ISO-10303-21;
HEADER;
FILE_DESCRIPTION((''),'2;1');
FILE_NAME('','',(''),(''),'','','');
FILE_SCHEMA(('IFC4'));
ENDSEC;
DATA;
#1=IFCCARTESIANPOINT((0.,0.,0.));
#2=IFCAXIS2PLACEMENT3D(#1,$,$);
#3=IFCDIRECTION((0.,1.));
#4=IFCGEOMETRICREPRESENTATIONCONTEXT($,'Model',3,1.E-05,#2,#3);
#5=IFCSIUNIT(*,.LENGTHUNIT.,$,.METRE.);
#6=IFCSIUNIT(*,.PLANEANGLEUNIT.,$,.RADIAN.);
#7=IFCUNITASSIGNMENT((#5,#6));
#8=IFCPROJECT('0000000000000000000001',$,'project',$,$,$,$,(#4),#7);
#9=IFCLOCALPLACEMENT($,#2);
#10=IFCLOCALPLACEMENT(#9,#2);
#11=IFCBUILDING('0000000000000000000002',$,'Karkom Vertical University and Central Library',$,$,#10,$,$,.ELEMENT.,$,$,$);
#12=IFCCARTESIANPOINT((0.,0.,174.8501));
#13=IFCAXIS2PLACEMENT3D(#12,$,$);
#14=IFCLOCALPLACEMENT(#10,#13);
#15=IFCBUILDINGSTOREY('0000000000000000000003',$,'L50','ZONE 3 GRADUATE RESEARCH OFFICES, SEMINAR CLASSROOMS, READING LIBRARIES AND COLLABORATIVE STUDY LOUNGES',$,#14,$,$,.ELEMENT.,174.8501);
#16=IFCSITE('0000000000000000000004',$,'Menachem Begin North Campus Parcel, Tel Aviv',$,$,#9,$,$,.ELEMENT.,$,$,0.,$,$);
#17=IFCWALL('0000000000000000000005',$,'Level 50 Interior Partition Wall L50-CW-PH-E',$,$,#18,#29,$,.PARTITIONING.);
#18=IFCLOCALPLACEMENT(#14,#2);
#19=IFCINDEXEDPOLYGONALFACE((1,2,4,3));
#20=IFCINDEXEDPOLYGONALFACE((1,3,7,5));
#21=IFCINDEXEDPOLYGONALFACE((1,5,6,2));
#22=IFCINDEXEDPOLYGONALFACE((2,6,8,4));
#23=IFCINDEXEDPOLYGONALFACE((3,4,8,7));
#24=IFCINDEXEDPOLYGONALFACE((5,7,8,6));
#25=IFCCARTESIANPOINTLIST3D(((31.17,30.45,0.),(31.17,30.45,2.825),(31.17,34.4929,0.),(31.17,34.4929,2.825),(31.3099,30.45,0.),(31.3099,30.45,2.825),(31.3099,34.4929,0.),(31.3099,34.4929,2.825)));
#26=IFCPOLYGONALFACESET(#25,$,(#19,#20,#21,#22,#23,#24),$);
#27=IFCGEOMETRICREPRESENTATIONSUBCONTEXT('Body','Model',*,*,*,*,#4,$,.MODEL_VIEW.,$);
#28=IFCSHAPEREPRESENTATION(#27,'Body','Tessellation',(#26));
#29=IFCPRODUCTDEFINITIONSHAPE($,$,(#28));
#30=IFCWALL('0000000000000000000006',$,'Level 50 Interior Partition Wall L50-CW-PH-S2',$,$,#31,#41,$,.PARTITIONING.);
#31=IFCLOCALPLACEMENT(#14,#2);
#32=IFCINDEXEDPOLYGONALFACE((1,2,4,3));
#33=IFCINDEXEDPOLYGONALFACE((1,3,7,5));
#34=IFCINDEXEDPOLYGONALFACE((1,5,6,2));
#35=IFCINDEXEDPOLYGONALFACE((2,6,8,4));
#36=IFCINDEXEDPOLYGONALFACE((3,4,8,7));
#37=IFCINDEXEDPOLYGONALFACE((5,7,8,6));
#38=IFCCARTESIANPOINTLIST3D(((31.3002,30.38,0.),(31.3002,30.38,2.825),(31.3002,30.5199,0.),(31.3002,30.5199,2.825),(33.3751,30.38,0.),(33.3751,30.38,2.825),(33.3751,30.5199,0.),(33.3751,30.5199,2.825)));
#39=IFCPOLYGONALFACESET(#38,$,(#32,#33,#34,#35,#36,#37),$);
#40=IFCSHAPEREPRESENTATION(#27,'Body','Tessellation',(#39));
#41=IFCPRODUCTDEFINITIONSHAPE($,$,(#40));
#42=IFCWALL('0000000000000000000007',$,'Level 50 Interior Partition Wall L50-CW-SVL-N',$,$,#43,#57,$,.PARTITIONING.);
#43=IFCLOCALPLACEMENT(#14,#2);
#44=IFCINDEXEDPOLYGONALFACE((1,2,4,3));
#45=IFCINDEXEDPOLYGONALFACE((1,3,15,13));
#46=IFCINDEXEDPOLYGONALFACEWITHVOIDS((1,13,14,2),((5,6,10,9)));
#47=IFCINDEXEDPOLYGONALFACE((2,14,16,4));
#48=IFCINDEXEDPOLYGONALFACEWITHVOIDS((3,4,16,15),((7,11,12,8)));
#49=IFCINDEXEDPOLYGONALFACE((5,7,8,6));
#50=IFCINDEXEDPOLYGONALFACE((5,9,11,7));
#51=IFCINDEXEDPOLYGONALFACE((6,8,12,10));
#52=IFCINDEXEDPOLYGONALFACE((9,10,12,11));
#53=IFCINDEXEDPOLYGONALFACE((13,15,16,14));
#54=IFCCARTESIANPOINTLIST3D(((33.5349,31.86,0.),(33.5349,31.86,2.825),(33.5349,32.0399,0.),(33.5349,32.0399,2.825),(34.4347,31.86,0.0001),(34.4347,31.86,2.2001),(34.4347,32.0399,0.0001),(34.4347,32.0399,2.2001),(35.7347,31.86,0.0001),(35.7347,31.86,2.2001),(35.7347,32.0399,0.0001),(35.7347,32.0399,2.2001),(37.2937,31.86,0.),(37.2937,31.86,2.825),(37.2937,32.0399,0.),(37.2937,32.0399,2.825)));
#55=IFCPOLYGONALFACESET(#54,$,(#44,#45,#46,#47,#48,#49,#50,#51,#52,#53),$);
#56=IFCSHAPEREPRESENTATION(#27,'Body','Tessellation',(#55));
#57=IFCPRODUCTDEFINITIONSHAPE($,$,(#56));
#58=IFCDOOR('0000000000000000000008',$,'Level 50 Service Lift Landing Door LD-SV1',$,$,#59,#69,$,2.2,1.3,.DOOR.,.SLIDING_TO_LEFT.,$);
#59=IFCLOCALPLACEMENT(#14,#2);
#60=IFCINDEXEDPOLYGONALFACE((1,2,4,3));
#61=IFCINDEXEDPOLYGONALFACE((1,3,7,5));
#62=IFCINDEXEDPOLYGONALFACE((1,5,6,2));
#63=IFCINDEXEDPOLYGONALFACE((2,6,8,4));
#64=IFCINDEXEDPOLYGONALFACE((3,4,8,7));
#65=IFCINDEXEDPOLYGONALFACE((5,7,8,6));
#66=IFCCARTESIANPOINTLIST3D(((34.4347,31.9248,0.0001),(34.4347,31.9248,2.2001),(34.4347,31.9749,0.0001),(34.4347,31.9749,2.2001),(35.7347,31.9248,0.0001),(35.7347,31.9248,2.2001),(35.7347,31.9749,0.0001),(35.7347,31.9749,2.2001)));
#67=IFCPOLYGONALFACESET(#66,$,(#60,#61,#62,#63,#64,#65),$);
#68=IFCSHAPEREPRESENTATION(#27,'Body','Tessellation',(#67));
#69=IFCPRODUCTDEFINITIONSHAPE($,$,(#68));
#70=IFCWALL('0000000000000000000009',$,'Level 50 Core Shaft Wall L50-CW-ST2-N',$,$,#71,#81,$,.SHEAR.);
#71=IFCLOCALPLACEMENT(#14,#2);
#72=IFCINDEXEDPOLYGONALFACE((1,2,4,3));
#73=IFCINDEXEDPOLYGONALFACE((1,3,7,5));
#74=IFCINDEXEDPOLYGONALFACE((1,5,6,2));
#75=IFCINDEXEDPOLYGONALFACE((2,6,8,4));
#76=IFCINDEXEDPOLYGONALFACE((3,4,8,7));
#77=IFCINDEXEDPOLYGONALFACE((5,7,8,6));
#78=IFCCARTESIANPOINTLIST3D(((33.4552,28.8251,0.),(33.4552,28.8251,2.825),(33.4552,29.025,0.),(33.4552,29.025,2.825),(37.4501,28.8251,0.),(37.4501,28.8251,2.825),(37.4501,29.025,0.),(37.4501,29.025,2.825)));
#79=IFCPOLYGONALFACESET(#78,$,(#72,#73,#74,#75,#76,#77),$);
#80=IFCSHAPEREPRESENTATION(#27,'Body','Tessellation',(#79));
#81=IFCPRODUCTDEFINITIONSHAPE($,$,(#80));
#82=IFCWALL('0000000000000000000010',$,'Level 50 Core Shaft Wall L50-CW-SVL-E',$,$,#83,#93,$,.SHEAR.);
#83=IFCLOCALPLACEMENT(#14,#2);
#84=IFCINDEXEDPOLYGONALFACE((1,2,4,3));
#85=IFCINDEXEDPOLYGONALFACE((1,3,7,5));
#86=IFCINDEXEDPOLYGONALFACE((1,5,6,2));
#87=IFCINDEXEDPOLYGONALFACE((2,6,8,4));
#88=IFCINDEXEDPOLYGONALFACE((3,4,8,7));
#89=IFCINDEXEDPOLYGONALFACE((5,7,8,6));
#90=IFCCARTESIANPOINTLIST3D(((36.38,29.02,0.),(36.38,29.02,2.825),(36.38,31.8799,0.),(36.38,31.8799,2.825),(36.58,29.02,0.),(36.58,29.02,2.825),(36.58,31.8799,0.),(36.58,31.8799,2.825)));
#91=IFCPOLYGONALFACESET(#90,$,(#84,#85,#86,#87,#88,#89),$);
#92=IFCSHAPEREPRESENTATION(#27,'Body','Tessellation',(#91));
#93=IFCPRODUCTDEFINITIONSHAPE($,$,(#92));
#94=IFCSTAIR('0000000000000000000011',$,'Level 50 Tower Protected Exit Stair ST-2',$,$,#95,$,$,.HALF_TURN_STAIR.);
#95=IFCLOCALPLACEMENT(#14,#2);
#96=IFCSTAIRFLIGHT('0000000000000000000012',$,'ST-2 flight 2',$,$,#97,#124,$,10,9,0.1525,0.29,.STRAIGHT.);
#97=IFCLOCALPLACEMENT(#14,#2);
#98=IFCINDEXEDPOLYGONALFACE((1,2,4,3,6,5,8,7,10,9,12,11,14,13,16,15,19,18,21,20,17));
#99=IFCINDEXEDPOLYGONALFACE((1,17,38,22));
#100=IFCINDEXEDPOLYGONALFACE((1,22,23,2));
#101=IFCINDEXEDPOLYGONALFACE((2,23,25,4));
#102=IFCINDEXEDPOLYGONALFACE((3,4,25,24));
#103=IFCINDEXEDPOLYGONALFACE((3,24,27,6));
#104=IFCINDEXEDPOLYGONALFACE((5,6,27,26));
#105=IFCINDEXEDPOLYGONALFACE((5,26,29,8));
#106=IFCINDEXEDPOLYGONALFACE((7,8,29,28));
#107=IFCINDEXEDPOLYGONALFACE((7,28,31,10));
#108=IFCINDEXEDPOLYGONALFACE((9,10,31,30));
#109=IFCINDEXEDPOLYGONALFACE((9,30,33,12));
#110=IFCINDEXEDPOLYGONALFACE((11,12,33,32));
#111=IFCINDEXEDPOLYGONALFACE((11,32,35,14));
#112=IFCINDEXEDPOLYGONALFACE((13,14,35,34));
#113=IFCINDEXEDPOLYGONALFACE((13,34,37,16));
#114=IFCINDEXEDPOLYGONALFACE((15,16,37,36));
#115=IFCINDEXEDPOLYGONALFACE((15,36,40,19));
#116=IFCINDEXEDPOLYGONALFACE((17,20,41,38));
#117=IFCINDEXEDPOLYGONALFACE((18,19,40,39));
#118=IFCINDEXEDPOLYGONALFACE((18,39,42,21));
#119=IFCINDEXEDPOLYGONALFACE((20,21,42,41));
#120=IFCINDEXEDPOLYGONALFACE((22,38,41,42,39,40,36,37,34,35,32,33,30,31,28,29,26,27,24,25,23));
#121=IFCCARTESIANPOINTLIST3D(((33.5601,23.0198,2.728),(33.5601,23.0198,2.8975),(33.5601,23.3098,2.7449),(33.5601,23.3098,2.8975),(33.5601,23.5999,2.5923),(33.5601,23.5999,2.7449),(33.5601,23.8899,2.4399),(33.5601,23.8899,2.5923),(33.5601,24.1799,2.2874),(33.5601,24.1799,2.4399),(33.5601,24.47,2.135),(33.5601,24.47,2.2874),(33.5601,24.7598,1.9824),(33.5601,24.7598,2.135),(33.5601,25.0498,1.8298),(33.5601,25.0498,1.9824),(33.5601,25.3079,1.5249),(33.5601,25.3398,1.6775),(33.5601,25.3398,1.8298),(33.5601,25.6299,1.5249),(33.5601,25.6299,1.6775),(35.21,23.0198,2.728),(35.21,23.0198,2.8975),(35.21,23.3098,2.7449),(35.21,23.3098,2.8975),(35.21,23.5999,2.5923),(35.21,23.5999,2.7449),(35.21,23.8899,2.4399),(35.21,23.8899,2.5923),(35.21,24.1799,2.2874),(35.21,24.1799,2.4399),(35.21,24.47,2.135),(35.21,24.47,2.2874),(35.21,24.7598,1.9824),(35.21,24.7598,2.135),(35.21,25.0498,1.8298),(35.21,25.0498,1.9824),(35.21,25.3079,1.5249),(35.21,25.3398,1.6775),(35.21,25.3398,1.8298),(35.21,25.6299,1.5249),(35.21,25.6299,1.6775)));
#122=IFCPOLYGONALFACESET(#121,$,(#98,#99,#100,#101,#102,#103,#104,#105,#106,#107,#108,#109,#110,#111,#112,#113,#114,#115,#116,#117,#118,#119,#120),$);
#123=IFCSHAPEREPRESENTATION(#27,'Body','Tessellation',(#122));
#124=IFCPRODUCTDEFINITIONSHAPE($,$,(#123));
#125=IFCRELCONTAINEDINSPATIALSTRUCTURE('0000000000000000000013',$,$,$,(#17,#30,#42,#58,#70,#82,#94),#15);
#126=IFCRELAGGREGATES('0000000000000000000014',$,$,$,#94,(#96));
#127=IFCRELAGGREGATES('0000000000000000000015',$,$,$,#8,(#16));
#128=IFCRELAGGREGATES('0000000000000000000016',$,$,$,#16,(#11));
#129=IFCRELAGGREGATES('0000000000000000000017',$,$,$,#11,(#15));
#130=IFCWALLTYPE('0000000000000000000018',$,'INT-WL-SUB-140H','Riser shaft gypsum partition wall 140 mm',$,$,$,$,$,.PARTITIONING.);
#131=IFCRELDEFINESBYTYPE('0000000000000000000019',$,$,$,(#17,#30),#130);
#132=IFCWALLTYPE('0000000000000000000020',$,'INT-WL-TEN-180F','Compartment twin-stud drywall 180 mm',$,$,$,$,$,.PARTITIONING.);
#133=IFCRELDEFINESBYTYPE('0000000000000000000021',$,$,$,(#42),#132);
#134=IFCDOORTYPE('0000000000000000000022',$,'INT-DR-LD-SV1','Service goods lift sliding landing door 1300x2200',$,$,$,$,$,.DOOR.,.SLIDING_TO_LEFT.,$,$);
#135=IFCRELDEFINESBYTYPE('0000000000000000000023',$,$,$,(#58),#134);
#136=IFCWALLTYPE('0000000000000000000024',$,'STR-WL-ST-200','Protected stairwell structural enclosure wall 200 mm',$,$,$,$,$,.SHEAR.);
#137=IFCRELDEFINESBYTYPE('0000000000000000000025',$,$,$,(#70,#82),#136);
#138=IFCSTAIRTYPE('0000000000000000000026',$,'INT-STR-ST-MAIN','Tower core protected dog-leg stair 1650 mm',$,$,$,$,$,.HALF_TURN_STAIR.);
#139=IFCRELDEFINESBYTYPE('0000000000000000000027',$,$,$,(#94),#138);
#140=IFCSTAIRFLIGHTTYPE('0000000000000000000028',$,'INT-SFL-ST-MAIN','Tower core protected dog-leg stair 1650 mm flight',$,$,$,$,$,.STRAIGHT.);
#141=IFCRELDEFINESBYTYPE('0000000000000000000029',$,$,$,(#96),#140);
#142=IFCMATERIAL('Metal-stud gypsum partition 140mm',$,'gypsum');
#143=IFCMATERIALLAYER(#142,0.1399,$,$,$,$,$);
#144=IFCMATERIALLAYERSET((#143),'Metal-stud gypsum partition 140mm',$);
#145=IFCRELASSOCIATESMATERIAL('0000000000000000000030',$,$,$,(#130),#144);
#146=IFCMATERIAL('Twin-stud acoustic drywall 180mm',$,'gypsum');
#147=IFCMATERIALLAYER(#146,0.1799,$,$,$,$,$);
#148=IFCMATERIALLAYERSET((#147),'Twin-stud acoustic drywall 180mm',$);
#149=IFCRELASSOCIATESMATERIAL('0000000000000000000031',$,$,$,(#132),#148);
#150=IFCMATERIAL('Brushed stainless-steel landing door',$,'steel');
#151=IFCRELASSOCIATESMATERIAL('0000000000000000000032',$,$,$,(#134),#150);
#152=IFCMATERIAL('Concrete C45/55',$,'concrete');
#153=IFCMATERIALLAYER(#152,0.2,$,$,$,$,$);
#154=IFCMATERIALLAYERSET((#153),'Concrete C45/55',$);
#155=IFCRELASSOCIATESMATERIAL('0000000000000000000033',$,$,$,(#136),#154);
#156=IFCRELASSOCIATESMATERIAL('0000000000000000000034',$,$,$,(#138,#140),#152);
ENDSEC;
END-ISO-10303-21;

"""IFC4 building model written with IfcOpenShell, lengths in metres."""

from ifc_helpers import new_model, si_unit, direction, frame, frame_2d, origin, origin_with_axes, place, context, subcontext, project, spatial, polyline, rectangle, outline, extrude, source, transform, mapped, material, layer, layer_set, type_object, element, fill, aggregate, save


model = new_model("IFC4")

# Units and contexts
model_context = context("Model", 3, precision=1e-05, world=origin(), true_north=direction((0.0, 1.0)))
body_context = subcontext(model_context, "Body", "Model", "MODEL_VIEW")
ifc_project = project(units=[si_unit("LENGTHUNIT", "METRE"), si_unit("PLANEANGLEUNIT", "RADIAN")], contexts=[model_context])

# Site, building, storey
site_placement = place(None, origin())
site = spatial("IfcSite", under=ifc_project, at=site_placement, Name="Menachem Begin North Campus Parcel, Tel Aviv", CompositionType="ELEMENT", RefElevation=0.0)
building_placement = place(site_placement, origin())
building = spatial("IfcBuilding", under=site, at=building_placement, Name="Karkom Vertical University and Central Library", CompositionType="ELEMENT")
storey_placement = place(building_placement, frame((0.0, 0.0, 174.8501)))
storey = spatial("IfcBuildingStorey", under=building, at=storey_placement, Name="L50", Description="ZONE 3 GRADUATE RESEARCH OFFICES, SEMINAR CLASSROOMS, READING LIBRARIES AND COLLABORATIVE STUDY LOUNGES", CompositionType="ELEMENT", Elevation=174.8501)

# Walls
ifc_material_1 = material(Name="Metal-stud gypsum partition 140mm", Category="gypsum")
ifc_layer_1 = layer(ifc_material_1, 0.1399)
ifc_layer_set_1 = layer_set([ifc_layer_1], Name="Metal-stud gypsum partition 140mm")
wall_type_1 = type_object("IfcWallType", Name="INT-WL-SUB-140H", Description="Riser shaft gypsum partition wall 140 mm", PredefinedType="PARTITIONING", material=ifc_layer_set_1)
for number, where, z_axis, x_axis, name in (
    (1, (31.24, 30.45, 0.0), (0.0, 0.0, 1.0), (0.0, 1.0, 0.0), "Level 50 Interior Partition Wall L50-CW-PH-E"),
):
    element("IfcWall", number, at=place(storey_placement, frame(where, z_axis=z_axis, x_axis=x_axis)), inside=storey, type_object=wall_type_1, Name=name, PredefinedType="PARTITIONING", context=body_context, shape_type="SweptSolid", body=[
        extrude(rectangle(XDim=4.043, YDim=0.1399, at=frame_2d((2.0215, 0.0))), origin(), (0.0, 0.0, 1.0), 2.825),
    ])
wall_1_placement = place(storey_placement, frame((31.3, 30.45, 0.0), z_axis=(0.0, 0.0, 1.0), x_axis=(1.0, 0.0, 0.0)))
element("IfcWall", 2, at=wall_1_placement, inside=storey, type_object=wall_type_1, Name="Level 50 Interior Partition Wall L50-CW-PH-S2", PredefinedType="PARTITIONING", context=body_context, shape_type="SweptSolid", body=[
    extrude(rectangle(XDim=2.075, YDim=0.1399, at=frame_2d((1.0376, 0.0))), origin(), (0.0, 0.0, 1.0), 2.825),
])

# Wall, opening, door
ifc_material_2 = material(Name="Twin-stud acoustic drywall 180mm", Category="gypsum")
ifc_layer_2 = layer(ifc_material_2, 0.1799)
ifc_layer_set_2 = layer_set([ifc_layer_2], Name="Twin-stud acoustic drywall 180mm")
wall_type_2 = type_object("IfcWallType", Name="INT-WL-TEN-180F", Description="Compartment twin-stud drywall 180 mm", PredefinedType="PARTITIONING", material=ifc_layer_set_2)
wall_2_placement = place(storey_placement, frame((33.5349, 31.95, 0.0), z_axis=(0.0, 0.0, 1.0), x_axis=(1.0, 0.0, 0.0)))
wall_2 = element("IfcWall", 3, at=wall_2_placement, inside=storey, type_object=wall_type_2, Name="Level 50 Interior Partition Wall L50-CW-SVL-N", PredefinedType="PARTITIONING", context=body_context, shape_type="SweptSolid", body=[
    extrude(rectangle(XDim=3.7588, YDim=0.1799, at=frame_2d((1.8794, 0.0))), origin(), (0.0, 0.0, 1.0), 2.825),
])
opening_1_placement = place(wall_2_placement, frame((0.8999, 0.0, 0.0)))
opening_1 = element("IfcOpeningElement", 4, at=opening_1_placement, cuts=wall_2, PredefinedType="OPENING", context=body_context, shape_type="SweptSolid", body=[
    extrude(rectangle(XDim=1.3, YDim=2.2, at=frame_2d((0.6499, 1.1001))), frame((0.0, 0.1001, 0.0), z_axis=(0.0, -1.0, 0.0), x_axis=(1.0, 0.0, 0.0)), (0.0, 0.0, 1.0), 0.2),
])
ifc_material_3 = material(Name="Brushed stainless-steel landing door", Category="steel")
door_type_1 = type_object("IfcDoorType", Name="INT-DR-LD-SV1", Description="Service goods lift sliding landing door 1300x2200", OperationType="SLIDING_TO_LEFT", PredefinedType="DOOR", material=ifc_material_3)
shared_shape_1 = source(origin_with_axes(), body_context, "Body", "SweptSolid", [
    extrude(rectangle(XDim=1.3, YDim=2.2, at=frame_2d((0.6499, 1.1001))), frame((0.0, 0.0249, 0.0), z_axis=(0.0, -1.0, 0.0), x_axis=(1.0, 0.0, 0.0)), (0.0, 0.0, 1.0), 0.05),
])
door_1_placement = place(opening_1_placement, origin())
door_1 = element("IfcDoor", 5, at=door_1_placement, inside=storey, type_object=door_type_1, Name="Level 50 Service Lift Landing Door LD-SV1", OperationType="SLIDING_TO_LEFT", OverallHeight=2.2, OverallWidth=1.3, PredefinedType="DOOR", context=body_context, shape_type="MappedRepresentation", body=[
    mapped(shared_shape_1, transform((0.0, 0.0, 0.0), scale=1.0)),
])
fill(opening_1, door_1)

# Walls
ifc_material_4 = material(Name="Concrete C45/55", Category="concrete")
ifc_layer_3 = layer(ifc_material_4, 0.2)
ifc_layer_set_3 = layer_set([ifc_layer_3], Name="Concrete C45/55")
wall_type_3 = type_object("IfcWallType", Name="STR-WL-ST-200", Description="Protected stairwell structural enclosure wall 200 mm", PredefinedType="SHEAR", material=ifc_layer_set_3)
wall_3_placement = place(storey_placement, frame((33.4551, 28.925, 0.0), z_axis=(0.0, 0.0, 1.0), x_axis=(1.0, 0.0, 0.0)))
element("IfcWall", 6, at=wall_3_placement, inside=storey, type_object=wall_type_3, Name="Level 50 Core Shaft Wall L50-CW-ST2-N", PredefinedType="SHEAR", context=body_context, shape_type="SweptSolid", body=[
    extrude(rectangle(XDim=3.9949, YDim=0.2, at=frame_2d((1.9976, 0.0))), origin(), (0.0, 0.0, 1.0), 2.825),
])
wall_4_placement = place(storey_placement, frame((36.48, 29.02, 0.0), z_axis=(0.0, 0.0, 1.0), x_axis=(0.0, 1.0, 0.0)))
element("IfcWall", 7, at=wall_4_placement, inside=storey, type_object=wall_type_3, Name="Level 50 Core Shaft Wall L50-CW-SVL-E", PredefinedType="SHEAR", context=body_context, shape_type="SweptSolid", body=[
    extrude(rectangle(XDim=2.8599, YDim=0.2, at=frame_2d((1.4299, 0.0))), origin(), (0.0, 0.0, 1.0), 2.825),
])

# Stair, stair flight
stair_type = type_object("IfcStairType", Name="INT-STR-ST-MAIN", Description="Tower core protected dog-leg stair 1650 mm", PredefinedType="HALF_TURN_STAIR", material=ifc_material_4)
stair_placement = place(storey_placement, origin())
stair = element("IfcStair", 8, at=stair_placement, inside=storey, type_object=stair_type, Name="Level 50 Tower Protected Exit Stair ST-2", PredefinedType="HALF_TURN_STAIR")
stair_flight_type = type_object("IfcStairFlightType", Name="INT-SFL-ST-MAIN", Description="Tower core protected dog-leg stair 1650 mm flight", PredefinedType="STRAIGHT", material=ifc_material_4)
stair_flight_placement = place(storey_placement, frame((34.385, 25.6299, 1.5249), z_axis=(0.0, 0.0, 1.0), x_axis=(0.0, -1.0, 0.0)))
stair_flight = element("IfcStairFlight", 9, at=stair_flight_placement, type_object=stair_flight_type, Name="ST-2 flight 2", NumberOfRisers=10, NumberOfTreads=9, PredefinedType="STRAIGHT", RiserHeight=0.1525, TreadLength=0.29, context=body_context, shape_type="SweptSolid", body=[
    extrude(outline(polyline([(0.0, 0.0), (0.0, 0.1526), (0.29, 0.1526), (0.29, 0.3049), (0.5801, 0.3049), (0.5801, 0.4575), (0.8701, 0.4575), (0.8701, 0.6101), (1.1599, 0.6101), (1.1599, 0.7625), (1.45, 0.7625), (1.45, 0.915), (1.74, 0.915), (1.74, 1.0674), (2.03, 1.0674), (2.03, 1.22), (2.3201, 1.22), (2.3201, 1.3726), (2.6101, 1.3726), (2.6101, 1.5249), (2.6101, 1.2031), (0.322, 0.0), (0.0, 0.0)])), frame((0.0, 0.825, 0.0), z_axis=(0.0, -1.0, 0.0), x_axis=(1.0, 0.0, 0.0)), (0.0, 0.0, 1.0), 1.6499),
])
aggregate(stair, [stair_flight])

save(model, "model.ifc")
